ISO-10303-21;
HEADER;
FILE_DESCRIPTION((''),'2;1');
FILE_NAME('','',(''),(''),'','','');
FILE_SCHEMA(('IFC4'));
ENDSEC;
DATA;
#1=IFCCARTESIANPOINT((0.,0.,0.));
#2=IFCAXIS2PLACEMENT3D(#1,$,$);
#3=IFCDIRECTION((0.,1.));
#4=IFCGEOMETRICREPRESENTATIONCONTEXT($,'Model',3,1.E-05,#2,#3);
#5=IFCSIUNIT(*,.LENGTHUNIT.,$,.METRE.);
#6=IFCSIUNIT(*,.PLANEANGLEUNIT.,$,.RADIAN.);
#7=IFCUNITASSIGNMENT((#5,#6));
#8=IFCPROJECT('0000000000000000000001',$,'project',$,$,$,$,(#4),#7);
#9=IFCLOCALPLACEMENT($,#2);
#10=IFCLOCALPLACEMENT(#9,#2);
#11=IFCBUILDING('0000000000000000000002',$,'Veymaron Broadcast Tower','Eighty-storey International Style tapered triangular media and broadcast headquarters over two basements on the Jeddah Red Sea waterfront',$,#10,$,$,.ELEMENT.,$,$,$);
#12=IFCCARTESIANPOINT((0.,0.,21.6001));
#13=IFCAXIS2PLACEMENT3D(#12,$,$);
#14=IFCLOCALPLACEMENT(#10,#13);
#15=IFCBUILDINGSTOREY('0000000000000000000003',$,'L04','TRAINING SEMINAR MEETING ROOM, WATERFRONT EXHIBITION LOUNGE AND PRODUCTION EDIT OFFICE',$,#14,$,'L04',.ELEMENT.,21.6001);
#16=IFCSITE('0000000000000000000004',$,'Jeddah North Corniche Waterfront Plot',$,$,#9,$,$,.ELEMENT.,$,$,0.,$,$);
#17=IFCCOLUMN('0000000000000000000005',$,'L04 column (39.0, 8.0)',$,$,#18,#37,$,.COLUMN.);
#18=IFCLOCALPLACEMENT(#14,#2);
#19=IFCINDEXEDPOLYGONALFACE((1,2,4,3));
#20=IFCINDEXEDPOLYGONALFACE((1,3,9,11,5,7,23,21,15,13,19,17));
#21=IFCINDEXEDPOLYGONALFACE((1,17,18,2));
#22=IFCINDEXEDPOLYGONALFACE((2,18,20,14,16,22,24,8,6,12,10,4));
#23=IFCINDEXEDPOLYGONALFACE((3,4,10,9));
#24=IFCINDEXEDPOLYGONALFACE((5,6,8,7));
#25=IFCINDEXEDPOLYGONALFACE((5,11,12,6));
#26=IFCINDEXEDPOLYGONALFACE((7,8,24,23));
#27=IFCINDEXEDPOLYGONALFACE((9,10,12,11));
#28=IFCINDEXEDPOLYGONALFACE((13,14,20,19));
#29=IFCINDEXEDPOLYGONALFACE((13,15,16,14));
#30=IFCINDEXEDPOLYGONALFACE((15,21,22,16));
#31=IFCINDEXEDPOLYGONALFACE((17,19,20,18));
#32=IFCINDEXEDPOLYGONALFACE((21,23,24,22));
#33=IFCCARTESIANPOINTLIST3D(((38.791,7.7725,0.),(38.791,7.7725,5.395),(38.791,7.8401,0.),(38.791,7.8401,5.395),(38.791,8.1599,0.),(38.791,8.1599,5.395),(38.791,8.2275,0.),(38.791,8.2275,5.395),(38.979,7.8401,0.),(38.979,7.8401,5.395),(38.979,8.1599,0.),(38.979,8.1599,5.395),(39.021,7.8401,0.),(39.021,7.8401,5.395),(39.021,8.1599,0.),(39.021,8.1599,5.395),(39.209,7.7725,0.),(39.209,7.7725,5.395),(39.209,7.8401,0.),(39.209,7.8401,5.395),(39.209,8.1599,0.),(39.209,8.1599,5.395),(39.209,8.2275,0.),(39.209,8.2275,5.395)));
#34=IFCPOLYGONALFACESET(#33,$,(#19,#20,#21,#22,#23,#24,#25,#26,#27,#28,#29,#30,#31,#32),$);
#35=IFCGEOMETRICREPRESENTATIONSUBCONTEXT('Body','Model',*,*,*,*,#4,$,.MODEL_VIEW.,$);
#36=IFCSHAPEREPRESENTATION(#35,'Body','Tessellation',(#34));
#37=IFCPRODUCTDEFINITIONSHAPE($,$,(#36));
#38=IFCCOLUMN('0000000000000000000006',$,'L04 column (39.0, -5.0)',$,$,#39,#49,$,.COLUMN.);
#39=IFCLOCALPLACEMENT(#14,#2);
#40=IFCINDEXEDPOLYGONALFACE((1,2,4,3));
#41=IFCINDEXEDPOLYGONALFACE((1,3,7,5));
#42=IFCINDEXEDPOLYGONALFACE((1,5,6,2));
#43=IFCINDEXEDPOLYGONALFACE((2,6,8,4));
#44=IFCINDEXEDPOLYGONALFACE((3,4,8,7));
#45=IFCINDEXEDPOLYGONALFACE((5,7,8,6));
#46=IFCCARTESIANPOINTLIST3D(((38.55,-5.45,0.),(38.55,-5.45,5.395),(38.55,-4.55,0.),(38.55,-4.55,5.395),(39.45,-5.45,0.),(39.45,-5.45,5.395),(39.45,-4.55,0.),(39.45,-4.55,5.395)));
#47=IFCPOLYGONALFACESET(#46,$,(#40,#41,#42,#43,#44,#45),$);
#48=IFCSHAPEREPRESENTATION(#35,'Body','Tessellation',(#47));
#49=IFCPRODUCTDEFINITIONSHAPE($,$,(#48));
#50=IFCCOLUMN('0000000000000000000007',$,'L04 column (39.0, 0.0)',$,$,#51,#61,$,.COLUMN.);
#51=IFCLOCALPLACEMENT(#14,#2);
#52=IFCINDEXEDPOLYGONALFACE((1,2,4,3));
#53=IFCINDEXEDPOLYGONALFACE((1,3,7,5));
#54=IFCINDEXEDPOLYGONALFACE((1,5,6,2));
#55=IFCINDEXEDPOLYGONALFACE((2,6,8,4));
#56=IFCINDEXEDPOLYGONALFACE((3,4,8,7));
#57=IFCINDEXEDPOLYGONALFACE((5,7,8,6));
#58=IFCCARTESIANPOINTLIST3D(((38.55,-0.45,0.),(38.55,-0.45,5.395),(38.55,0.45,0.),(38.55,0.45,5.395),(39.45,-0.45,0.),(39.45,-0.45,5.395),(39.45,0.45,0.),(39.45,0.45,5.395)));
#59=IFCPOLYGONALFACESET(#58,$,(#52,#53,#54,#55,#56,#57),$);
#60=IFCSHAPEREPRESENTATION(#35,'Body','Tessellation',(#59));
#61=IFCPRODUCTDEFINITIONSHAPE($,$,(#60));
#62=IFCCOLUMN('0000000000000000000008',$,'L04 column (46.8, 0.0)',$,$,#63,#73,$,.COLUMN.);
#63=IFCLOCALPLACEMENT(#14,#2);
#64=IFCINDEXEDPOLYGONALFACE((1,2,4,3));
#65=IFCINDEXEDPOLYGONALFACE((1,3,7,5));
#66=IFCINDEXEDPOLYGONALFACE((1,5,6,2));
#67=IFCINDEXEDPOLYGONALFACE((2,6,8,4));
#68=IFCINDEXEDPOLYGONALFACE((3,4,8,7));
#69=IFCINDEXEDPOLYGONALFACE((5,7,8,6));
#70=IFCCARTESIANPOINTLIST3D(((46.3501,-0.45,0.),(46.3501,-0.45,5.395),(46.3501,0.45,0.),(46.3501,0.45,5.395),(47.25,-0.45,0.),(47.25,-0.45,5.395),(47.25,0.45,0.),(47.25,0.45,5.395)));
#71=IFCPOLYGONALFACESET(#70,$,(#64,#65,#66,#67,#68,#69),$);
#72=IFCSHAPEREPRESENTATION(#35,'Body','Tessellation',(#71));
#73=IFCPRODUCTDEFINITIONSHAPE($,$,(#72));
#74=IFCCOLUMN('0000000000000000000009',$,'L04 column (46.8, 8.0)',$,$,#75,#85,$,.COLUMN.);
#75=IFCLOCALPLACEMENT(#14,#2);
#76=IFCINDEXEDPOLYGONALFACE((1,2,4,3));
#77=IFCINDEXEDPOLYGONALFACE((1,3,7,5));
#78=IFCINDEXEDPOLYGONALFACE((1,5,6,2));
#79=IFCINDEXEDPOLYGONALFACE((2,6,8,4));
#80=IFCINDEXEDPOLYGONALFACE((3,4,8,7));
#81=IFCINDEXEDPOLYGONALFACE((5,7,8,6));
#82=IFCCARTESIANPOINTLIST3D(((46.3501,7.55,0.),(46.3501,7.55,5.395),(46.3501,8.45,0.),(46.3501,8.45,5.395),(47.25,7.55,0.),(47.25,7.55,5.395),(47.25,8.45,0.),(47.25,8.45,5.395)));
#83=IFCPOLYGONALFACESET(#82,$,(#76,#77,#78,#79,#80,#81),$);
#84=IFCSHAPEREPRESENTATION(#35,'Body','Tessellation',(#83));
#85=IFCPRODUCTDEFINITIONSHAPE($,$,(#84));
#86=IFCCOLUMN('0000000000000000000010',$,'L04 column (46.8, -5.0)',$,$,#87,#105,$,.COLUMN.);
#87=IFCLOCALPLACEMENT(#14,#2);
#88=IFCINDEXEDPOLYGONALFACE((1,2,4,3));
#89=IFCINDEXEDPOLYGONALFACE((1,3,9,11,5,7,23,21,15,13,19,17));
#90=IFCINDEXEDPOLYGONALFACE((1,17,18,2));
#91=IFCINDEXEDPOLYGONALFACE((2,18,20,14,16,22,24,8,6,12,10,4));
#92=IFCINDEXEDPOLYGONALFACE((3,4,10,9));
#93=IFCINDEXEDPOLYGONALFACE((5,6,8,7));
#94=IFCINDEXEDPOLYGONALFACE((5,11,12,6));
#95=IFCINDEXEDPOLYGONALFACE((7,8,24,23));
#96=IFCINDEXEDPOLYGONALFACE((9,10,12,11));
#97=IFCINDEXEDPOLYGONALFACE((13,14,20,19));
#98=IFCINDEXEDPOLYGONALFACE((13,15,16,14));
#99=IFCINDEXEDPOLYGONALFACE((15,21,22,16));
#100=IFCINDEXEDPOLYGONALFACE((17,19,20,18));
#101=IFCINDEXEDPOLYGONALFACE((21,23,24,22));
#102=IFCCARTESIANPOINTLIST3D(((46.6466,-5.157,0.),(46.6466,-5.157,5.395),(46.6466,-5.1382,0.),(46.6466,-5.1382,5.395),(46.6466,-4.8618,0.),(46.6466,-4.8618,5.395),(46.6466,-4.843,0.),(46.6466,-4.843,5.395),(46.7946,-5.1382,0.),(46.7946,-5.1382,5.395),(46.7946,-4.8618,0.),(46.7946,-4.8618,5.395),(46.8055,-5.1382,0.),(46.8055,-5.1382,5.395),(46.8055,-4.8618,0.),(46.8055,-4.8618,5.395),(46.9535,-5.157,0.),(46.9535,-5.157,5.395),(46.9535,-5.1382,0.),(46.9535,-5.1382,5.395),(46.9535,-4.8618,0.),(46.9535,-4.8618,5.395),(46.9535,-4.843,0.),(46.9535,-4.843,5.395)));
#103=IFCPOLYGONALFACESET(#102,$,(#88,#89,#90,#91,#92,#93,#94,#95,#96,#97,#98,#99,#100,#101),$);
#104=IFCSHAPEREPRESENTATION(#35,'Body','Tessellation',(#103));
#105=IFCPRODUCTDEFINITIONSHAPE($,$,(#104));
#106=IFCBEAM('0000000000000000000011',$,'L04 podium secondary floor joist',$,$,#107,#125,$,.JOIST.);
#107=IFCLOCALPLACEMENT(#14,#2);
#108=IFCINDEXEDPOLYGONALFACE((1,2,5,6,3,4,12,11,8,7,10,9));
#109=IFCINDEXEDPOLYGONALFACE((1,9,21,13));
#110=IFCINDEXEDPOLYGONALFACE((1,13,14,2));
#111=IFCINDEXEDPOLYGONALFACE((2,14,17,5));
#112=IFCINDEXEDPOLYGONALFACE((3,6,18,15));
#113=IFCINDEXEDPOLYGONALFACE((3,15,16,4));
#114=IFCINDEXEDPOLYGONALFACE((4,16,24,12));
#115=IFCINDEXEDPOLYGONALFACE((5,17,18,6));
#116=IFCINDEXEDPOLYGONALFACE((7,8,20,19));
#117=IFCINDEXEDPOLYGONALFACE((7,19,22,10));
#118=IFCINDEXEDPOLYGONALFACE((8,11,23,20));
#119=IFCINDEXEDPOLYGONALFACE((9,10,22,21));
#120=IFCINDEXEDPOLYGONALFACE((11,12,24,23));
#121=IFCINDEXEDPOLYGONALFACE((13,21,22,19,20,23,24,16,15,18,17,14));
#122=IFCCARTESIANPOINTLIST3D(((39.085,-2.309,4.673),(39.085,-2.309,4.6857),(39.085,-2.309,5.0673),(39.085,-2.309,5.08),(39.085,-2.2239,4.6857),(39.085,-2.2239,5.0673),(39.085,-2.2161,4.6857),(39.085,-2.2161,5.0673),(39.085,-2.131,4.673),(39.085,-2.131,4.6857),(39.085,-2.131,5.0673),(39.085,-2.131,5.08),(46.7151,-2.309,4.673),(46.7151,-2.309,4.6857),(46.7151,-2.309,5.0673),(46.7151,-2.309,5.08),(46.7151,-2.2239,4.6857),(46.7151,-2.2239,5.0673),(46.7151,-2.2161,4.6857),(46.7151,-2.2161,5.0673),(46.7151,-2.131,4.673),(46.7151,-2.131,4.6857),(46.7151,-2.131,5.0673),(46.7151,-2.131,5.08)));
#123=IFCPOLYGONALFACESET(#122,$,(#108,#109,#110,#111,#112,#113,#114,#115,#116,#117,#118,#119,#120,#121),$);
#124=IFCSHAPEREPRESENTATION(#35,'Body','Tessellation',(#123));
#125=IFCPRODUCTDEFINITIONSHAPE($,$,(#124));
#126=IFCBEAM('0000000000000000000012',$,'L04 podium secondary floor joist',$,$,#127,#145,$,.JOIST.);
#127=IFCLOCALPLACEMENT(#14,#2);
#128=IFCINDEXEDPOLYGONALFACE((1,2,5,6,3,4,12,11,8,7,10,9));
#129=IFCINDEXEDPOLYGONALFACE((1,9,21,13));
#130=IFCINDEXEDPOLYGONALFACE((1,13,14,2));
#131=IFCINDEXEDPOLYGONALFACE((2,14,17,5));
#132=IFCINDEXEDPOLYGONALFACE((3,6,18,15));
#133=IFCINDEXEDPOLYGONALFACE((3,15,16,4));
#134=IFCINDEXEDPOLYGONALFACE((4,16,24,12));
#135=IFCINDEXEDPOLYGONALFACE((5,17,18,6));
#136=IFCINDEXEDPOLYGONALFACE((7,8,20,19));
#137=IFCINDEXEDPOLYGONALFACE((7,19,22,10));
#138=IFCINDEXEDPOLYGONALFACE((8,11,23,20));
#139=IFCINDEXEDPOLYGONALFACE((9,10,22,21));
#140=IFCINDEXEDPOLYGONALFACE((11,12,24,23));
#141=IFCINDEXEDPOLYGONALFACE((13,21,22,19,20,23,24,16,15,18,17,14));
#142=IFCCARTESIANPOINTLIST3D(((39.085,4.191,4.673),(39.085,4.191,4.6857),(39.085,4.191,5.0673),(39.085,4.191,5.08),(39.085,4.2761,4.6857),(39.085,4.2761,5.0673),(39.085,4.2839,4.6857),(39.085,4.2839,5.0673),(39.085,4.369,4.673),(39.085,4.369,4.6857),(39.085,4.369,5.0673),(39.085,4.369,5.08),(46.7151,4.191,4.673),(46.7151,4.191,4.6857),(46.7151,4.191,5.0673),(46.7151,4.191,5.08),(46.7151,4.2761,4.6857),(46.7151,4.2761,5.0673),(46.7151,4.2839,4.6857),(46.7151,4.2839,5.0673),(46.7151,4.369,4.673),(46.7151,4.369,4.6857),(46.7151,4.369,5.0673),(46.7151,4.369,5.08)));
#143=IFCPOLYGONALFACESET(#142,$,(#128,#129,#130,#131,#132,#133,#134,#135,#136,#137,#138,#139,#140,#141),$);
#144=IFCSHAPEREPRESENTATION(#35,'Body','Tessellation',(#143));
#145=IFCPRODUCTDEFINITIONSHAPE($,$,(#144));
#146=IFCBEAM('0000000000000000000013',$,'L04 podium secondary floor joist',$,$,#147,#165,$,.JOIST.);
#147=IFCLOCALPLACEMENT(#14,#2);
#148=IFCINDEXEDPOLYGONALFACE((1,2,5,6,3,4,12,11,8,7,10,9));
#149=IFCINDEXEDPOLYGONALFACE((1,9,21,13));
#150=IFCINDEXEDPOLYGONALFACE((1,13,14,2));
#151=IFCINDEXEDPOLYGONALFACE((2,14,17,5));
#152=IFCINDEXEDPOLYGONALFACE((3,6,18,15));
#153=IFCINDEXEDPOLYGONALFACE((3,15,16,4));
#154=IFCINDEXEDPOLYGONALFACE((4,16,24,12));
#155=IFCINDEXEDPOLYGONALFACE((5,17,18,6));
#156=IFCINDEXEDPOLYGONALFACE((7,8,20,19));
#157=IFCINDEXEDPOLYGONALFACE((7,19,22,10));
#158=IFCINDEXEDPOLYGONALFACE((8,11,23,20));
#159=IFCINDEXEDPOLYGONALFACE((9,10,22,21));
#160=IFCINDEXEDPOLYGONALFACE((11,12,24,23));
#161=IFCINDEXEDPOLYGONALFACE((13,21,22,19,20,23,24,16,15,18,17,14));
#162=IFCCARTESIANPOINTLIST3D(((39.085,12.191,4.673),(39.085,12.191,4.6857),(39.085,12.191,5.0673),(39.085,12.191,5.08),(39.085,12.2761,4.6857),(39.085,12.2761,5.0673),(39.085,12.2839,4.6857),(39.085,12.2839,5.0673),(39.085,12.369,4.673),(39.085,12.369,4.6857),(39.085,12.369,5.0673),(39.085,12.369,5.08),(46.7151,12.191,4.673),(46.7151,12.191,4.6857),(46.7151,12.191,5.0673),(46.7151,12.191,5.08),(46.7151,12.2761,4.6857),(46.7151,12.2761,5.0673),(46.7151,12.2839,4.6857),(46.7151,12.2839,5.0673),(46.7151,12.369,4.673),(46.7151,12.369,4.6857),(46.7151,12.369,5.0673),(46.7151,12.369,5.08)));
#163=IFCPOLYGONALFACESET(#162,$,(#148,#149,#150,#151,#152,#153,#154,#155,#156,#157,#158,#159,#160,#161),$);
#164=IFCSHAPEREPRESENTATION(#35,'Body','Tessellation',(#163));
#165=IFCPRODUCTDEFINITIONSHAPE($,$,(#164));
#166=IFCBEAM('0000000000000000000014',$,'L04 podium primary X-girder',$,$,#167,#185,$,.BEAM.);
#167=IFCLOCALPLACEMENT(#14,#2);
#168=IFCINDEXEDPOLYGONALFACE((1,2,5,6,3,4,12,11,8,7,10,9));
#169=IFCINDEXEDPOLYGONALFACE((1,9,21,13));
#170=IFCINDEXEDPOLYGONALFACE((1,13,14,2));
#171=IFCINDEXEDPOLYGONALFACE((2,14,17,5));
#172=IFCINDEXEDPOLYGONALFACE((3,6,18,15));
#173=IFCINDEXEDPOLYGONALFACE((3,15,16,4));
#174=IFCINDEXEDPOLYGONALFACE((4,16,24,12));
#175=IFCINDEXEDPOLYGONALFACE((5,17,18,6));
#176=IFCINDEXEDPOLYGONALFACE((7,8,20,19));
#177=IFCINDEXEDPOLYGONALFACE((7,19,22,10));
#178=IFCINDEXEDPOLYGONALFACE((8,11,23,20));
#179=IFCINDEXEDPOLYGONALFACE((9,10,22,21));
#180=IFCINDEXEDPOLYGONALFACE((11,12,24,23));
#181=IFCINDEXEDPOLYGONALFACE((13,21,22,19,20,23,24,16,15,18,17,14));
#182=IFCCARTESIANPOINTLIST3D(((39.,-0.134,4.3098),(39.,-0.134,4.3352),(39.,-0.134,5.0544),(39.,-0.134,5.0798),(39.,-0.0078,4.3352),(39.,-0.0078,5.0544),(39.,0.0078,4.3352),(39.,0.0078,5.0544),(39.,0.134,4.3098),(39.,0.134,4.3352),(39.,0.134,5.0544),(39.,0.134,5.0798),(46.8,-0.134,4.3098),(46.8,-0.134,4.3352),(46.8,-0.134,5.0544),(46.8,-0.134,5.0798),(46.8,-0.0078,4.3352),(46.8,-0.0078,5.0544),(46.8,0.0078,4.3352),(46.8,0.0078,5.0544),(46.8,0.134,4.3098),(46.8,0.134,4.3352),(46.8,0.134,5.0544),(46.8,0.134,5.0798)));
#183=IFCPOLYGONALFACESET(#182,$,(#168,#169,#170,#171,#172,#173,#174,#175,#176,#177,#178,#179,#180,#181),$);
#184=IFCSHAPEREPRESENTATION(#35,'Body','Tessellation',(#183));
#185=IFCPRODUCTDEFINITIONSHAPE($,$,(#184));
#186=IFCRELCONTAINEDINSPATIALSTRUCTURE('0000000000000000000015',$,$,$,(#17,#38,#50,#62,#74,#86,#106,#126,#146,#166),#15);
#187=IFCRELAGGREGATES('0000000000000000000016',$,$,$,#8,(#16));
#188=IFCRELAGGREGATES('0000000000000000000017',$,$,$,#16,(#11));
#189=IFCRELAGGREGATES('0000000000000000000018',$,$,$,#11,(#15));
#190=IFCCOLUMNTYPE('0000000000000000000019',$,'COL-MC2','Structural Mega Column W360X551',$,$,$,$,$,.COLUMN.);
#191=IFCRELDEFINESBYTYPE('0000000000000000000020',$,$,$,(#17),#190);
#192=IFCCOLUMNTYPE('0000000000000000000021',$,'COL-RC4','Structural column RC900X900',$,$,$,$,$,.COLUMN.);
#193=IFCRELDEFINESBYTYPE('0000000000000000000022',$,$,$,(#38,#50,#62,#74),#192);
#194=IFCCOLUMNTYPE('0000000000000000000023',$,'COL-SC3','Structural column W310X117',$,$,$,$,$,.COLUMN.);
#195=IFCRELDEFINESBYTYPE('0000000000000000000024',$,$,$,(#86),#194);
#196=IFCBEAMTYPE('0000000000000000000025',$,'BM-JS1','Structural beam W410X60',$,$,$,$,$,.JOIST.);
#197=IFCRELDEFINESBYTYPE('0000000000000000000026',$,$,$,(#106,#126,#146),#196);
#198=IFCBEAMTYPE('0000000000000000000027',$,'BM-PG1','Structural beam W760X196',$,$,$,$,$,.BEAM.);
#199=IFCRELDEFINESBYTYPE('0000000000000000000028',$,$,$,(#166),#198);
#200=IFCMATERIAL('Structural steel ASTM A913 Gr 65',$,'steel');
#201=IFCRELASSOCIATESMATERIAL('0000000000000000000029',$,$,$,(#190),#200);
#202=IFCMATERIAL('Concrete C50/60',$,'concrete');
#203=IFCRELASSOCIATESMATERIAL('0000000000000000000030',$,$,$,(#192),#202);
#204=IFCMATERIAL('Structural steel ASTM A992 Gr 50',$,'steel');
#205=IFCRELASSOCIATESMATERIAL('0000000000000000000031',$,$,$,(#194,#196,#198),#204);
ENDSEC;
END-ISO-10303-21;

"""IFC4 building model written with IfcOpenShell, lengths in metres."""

from ifc_helpers import new_model, si_unit, direction, frame, origin, origin_2d, place, context, subcontext, project, spatial, rectangle, i_section, extrude, material, material_profile, profile_set, type_object, element, save


model = new_model("IFC4")

# Units and contexts
model_context = context("Model", 3, precision=1e-05, world=origin(), true_north=direction((0.0, 1.0)))
body_context = subcontext(model_context, "Body", "Model", "MODEL_VIEW")
ifc_project = project(units=[si_unit("LENGTHUNIT", "METRE"), si_unit("PLANEANGLEUNIT", "RADIAN")], contexts=[model_context])

# Site, building, storey
site_placement = place(None, origin())
site = spatial("IfcSite", under=ifc_project, at=site_placement, Name="Jeddah North Corniche Waterfront Plot", CompositionType="ELEMENT", RefElevation=0.0)
building_placement = place(site_placement, origin())
building = spatial("IfcBuilding", under=site, at=building_placement, Name="Veymaron Broadcast Tower", Description="Eighty-storey International Style tapered triangular media and broadcast headquarters over two basements on the Jeddah Red Sea waterfront", CompositionType="ELEMENT")
storey_placement = place(building_placement, frame((0.0, 0.0, 21.6001)))
storey = spatial("IfcBuildingStorey", under=building, at=storey_placement, Name="L04", Description="TRAINING SEMINAR MEETING ROOM, WATERFRONT EXHIBITION LOUNGE AND PRODUCTION EDIT OFFICE", LongName="L04", CompositionType="ELEMENT", Elevation=21.6001)

# Columns
ifc_material_1 = material(Name="Structural steel ASTM A913 Gr 65", Category="steel")
ifc_material_profile_1 = material_profile(ifc_material_1, i_section(OverallWidth=0.418, OverallDepth=0.4551, WebThickness=0.042, FlangeThickness=0.0676, at=origin_2d()), Name="W360X551")
ifc_profile_set_1 = profile_set([ifc_material_profile_1], Name="Structural steel ASTM A913 Gr 65")
column_type_1 = type_object("IfcColumnType", Name="COL-MC2", Description="Structural Mega Column W360X551", PredefinedType="COLUMN", material=ifc_profile_set_1)
column_1_placement = place(storey_placement, frame((39.0, 8.0, 0.0), z_axis=(0.0, 0.0, 1.0), x_axis=(1.0, 0.0, 0.0)))
element("IfcColumn", 1, at=column_1_placement, inside=storey, type_object=column_type_1, Name="L04 column (39.0, 8.0)", PredefinedType="COLUMN", context=body_context, shape_type="SweptSolid", body=[
    extrude(i_section(OverallWidth=0.418, OverallDepth=0.4551, WebThickness=0.042, FlangeThickness=0.0676, at=origin_2d()), origin(), (0.0, 0.0, 1.0), 5.395),
])
ifc_material_2 = material(Name="Concrete C50/60", Category="concrete")
ifc_material_profile_2 = material_profile(ifc_material_2, rectangle(XDim=0.8999, YDim=0.8999, at=origin_2d()), Name="RC900X900")
ifc_profile_set_2 = profile_set([ifc_material_profile_2], Name="Concrete C50/60")
column_type_2 = type_object("IfcColumnType", Name="COL-RC4", Description="Structural column RC900X900", PredefinedType="COLUMN", material=ifc_profile_set_2)
for number, where, z_axis, x_axis, name in (
    (2, (39.0, -5.0, 0.0), (0.0, 0.0, 1.0), (1.0, 0.0, 0.0), "L04 column (39.0, -5.0)"),
    (3, (39.0, 0.0, 0.0), (0.0, 0.0, 1.0), (1.0, 0.0, 0.0), "L04 column (39.0, 0.0)"),
    (4, (46.8, 0.0, 0.0), (0.0, 0.0, 1.0), (1.0, 0.0, 0.0), "L04 column (46.8, 0.0)"),
    (5, (46.8, 8.0, 0.0), (0.0, 0.0, 1.0), (1.0, 0.0, 0.0), "L04 column (46.8, 8.0)"),
):
    element("IfcColumn", number, at=place(storey_placement, frame(where, z_axis=z_axis, x_axis=x_axis)), inside=storey, type_object=column_type_2, Name=name, PredefinedType="COLUMN", context=body_context, shape_type="SweptSolid", body=[
        extrude(rectangle(XDim=0.8999, YDim=0.8999, at=origin_2d()), origin(), (0.0, 0.0, 1.0), 5.395),
    ])
ifc_material_3 = material(Name="Structural steel ASTM A992 Gr 50", Category="steel")
ifc_material_profile_3 = material_profile(ifc_material_3, i_section(OverallWidth=0.3069, OverallDepth=0.314, WebThickness=0.011, FlangeThickness=0.0188, at=origin_2d()), Name="W310X117")
ifc_profile_set_3 = profile_set([ifc_material_profile_3], Name="Structural steel ASTM A992 Gr 50")
column_type_3 = type_object("IfcColumnType", Name="COL-SC3", Description="Structural column W310X117", PredefinedType="COLUMN", material=ifc_profile_set_3)
column_2_placement = place(storey_placement, frame((46.8, -5.0, 0.0), z_axis=(0.0, 0.0, 1.0), x_axis=(1.0, 0.0, 0.0)))
element("IfcColumn", 6, at=column_2_placement, inside=storey, type_object=column_type_3, Name="L04 column (46.8, -5.0)", PredefinedType="COLUMN", context=body_context, shape_type="SweptSolid", body=[
    extrude(i_section(OverallWidth=0.3069, OverallDepth=0.314, WebThickness=0.011, FlangeThickness=0.0188, at=origin_2d()), origin(), (0.0, 0.0, 1.0), 5.395),
])

# Beams
ifc_material_profile_4 = material_profile(ifc_material_3, i_section(OverallWidth=0.178, OverallDepth=0.407, WebThickness=0.0078, FlangeThickness=0.0127, at=origin_2d()), Name="W410X60")
ifc_profile_set_4 = profile_set([ifc_material_profile_4], Name="Structural steel ASTM A992 Gr 50")
beam_type_1 = type_object("IfcBeamType", Name="BM-JS1", Description="Structural beam W410X60", PredefinedType="JOIST", material=ifc_profile_set_4)
for number, where, z_axis, x_axis, name in (
    (7, (39.085, -2.22, 4.8765), (1.0, 0.0, 0.0), (0.0, 1.0, 0.0), "L04 podium secondary floor joist"),
    (8, (39.085, 4.28, 4.8765), (1.0, 0.0, 0.0), (0.0, 1.0, 0.0), "L04 podium secondary floor joist"),
    (9, (39.085, 12.28, 4.8765), (1.0, 0.0, 0.0), (0.0, 1.0, 0.0), "L04 podium secondary floor joist"),
):
    element("IfcBeam", number, at=place(storey_placement, frame(where, z_axis=z_axis, x_axis=x_axis)), inside=storey, type_object=beam_type_1, Name=name, PredefinedType="JOIST", context=body_context, shape_type="SweptSolid", body=[
        extrude(i_section(OverallWidth=0.178, OverallDepth=0.407, WebThickness=0.0078, FlangeThickness=0.0127, at=origin_2d()), origin(), (0.0, 0.0, 1.0), 7.6301),
    ])
ifc_material_profile_5 = material_profile(ifc_material_3, i_section(OverallWidth=0.2681, OverallDepth=0.77, WebThickness=0.0156, FlangeThickness=0.0254, at=origin_2d()), Name="W760X196")
ifc_profile_set_5 = profile_set([ifc_material_profile_5], Name="Structural steel ASTM A992 Gr 50")
beam_type_2 = type_object("IfcBeamType", Name="BM-PG1", Description="Structural beam W760X196", PredefinedType="BEAM", material=ifc_profile_set_5)
for number, where, z_axis, x_axis, name in (
    (10, (39.0, 0.0, 4.6948), (1.0, 0.0, 0.0), (0.0, 1.0, 0.0), "L04 podium primary X-girder"),
):
    element("IfcBeam", number, at=place(storey_placement, frame(where, z_axis=z_axis, x_axis=x_axis)), inside=storey, type_object=beam_type_2, Name=name, PredefinedType="BEAM", context=body_context, shape_type="SweptSolid", body=[
        extrude(i_section(OverallWidth=0.2681, OverallDepth=0.77, WebThickness=0.0156, FlangeThickness=0.0254, at=origin_2d()), origin(), (0.0, 0.0, 1.0), 7.8),
    ])

save(model, "model.ifc")
